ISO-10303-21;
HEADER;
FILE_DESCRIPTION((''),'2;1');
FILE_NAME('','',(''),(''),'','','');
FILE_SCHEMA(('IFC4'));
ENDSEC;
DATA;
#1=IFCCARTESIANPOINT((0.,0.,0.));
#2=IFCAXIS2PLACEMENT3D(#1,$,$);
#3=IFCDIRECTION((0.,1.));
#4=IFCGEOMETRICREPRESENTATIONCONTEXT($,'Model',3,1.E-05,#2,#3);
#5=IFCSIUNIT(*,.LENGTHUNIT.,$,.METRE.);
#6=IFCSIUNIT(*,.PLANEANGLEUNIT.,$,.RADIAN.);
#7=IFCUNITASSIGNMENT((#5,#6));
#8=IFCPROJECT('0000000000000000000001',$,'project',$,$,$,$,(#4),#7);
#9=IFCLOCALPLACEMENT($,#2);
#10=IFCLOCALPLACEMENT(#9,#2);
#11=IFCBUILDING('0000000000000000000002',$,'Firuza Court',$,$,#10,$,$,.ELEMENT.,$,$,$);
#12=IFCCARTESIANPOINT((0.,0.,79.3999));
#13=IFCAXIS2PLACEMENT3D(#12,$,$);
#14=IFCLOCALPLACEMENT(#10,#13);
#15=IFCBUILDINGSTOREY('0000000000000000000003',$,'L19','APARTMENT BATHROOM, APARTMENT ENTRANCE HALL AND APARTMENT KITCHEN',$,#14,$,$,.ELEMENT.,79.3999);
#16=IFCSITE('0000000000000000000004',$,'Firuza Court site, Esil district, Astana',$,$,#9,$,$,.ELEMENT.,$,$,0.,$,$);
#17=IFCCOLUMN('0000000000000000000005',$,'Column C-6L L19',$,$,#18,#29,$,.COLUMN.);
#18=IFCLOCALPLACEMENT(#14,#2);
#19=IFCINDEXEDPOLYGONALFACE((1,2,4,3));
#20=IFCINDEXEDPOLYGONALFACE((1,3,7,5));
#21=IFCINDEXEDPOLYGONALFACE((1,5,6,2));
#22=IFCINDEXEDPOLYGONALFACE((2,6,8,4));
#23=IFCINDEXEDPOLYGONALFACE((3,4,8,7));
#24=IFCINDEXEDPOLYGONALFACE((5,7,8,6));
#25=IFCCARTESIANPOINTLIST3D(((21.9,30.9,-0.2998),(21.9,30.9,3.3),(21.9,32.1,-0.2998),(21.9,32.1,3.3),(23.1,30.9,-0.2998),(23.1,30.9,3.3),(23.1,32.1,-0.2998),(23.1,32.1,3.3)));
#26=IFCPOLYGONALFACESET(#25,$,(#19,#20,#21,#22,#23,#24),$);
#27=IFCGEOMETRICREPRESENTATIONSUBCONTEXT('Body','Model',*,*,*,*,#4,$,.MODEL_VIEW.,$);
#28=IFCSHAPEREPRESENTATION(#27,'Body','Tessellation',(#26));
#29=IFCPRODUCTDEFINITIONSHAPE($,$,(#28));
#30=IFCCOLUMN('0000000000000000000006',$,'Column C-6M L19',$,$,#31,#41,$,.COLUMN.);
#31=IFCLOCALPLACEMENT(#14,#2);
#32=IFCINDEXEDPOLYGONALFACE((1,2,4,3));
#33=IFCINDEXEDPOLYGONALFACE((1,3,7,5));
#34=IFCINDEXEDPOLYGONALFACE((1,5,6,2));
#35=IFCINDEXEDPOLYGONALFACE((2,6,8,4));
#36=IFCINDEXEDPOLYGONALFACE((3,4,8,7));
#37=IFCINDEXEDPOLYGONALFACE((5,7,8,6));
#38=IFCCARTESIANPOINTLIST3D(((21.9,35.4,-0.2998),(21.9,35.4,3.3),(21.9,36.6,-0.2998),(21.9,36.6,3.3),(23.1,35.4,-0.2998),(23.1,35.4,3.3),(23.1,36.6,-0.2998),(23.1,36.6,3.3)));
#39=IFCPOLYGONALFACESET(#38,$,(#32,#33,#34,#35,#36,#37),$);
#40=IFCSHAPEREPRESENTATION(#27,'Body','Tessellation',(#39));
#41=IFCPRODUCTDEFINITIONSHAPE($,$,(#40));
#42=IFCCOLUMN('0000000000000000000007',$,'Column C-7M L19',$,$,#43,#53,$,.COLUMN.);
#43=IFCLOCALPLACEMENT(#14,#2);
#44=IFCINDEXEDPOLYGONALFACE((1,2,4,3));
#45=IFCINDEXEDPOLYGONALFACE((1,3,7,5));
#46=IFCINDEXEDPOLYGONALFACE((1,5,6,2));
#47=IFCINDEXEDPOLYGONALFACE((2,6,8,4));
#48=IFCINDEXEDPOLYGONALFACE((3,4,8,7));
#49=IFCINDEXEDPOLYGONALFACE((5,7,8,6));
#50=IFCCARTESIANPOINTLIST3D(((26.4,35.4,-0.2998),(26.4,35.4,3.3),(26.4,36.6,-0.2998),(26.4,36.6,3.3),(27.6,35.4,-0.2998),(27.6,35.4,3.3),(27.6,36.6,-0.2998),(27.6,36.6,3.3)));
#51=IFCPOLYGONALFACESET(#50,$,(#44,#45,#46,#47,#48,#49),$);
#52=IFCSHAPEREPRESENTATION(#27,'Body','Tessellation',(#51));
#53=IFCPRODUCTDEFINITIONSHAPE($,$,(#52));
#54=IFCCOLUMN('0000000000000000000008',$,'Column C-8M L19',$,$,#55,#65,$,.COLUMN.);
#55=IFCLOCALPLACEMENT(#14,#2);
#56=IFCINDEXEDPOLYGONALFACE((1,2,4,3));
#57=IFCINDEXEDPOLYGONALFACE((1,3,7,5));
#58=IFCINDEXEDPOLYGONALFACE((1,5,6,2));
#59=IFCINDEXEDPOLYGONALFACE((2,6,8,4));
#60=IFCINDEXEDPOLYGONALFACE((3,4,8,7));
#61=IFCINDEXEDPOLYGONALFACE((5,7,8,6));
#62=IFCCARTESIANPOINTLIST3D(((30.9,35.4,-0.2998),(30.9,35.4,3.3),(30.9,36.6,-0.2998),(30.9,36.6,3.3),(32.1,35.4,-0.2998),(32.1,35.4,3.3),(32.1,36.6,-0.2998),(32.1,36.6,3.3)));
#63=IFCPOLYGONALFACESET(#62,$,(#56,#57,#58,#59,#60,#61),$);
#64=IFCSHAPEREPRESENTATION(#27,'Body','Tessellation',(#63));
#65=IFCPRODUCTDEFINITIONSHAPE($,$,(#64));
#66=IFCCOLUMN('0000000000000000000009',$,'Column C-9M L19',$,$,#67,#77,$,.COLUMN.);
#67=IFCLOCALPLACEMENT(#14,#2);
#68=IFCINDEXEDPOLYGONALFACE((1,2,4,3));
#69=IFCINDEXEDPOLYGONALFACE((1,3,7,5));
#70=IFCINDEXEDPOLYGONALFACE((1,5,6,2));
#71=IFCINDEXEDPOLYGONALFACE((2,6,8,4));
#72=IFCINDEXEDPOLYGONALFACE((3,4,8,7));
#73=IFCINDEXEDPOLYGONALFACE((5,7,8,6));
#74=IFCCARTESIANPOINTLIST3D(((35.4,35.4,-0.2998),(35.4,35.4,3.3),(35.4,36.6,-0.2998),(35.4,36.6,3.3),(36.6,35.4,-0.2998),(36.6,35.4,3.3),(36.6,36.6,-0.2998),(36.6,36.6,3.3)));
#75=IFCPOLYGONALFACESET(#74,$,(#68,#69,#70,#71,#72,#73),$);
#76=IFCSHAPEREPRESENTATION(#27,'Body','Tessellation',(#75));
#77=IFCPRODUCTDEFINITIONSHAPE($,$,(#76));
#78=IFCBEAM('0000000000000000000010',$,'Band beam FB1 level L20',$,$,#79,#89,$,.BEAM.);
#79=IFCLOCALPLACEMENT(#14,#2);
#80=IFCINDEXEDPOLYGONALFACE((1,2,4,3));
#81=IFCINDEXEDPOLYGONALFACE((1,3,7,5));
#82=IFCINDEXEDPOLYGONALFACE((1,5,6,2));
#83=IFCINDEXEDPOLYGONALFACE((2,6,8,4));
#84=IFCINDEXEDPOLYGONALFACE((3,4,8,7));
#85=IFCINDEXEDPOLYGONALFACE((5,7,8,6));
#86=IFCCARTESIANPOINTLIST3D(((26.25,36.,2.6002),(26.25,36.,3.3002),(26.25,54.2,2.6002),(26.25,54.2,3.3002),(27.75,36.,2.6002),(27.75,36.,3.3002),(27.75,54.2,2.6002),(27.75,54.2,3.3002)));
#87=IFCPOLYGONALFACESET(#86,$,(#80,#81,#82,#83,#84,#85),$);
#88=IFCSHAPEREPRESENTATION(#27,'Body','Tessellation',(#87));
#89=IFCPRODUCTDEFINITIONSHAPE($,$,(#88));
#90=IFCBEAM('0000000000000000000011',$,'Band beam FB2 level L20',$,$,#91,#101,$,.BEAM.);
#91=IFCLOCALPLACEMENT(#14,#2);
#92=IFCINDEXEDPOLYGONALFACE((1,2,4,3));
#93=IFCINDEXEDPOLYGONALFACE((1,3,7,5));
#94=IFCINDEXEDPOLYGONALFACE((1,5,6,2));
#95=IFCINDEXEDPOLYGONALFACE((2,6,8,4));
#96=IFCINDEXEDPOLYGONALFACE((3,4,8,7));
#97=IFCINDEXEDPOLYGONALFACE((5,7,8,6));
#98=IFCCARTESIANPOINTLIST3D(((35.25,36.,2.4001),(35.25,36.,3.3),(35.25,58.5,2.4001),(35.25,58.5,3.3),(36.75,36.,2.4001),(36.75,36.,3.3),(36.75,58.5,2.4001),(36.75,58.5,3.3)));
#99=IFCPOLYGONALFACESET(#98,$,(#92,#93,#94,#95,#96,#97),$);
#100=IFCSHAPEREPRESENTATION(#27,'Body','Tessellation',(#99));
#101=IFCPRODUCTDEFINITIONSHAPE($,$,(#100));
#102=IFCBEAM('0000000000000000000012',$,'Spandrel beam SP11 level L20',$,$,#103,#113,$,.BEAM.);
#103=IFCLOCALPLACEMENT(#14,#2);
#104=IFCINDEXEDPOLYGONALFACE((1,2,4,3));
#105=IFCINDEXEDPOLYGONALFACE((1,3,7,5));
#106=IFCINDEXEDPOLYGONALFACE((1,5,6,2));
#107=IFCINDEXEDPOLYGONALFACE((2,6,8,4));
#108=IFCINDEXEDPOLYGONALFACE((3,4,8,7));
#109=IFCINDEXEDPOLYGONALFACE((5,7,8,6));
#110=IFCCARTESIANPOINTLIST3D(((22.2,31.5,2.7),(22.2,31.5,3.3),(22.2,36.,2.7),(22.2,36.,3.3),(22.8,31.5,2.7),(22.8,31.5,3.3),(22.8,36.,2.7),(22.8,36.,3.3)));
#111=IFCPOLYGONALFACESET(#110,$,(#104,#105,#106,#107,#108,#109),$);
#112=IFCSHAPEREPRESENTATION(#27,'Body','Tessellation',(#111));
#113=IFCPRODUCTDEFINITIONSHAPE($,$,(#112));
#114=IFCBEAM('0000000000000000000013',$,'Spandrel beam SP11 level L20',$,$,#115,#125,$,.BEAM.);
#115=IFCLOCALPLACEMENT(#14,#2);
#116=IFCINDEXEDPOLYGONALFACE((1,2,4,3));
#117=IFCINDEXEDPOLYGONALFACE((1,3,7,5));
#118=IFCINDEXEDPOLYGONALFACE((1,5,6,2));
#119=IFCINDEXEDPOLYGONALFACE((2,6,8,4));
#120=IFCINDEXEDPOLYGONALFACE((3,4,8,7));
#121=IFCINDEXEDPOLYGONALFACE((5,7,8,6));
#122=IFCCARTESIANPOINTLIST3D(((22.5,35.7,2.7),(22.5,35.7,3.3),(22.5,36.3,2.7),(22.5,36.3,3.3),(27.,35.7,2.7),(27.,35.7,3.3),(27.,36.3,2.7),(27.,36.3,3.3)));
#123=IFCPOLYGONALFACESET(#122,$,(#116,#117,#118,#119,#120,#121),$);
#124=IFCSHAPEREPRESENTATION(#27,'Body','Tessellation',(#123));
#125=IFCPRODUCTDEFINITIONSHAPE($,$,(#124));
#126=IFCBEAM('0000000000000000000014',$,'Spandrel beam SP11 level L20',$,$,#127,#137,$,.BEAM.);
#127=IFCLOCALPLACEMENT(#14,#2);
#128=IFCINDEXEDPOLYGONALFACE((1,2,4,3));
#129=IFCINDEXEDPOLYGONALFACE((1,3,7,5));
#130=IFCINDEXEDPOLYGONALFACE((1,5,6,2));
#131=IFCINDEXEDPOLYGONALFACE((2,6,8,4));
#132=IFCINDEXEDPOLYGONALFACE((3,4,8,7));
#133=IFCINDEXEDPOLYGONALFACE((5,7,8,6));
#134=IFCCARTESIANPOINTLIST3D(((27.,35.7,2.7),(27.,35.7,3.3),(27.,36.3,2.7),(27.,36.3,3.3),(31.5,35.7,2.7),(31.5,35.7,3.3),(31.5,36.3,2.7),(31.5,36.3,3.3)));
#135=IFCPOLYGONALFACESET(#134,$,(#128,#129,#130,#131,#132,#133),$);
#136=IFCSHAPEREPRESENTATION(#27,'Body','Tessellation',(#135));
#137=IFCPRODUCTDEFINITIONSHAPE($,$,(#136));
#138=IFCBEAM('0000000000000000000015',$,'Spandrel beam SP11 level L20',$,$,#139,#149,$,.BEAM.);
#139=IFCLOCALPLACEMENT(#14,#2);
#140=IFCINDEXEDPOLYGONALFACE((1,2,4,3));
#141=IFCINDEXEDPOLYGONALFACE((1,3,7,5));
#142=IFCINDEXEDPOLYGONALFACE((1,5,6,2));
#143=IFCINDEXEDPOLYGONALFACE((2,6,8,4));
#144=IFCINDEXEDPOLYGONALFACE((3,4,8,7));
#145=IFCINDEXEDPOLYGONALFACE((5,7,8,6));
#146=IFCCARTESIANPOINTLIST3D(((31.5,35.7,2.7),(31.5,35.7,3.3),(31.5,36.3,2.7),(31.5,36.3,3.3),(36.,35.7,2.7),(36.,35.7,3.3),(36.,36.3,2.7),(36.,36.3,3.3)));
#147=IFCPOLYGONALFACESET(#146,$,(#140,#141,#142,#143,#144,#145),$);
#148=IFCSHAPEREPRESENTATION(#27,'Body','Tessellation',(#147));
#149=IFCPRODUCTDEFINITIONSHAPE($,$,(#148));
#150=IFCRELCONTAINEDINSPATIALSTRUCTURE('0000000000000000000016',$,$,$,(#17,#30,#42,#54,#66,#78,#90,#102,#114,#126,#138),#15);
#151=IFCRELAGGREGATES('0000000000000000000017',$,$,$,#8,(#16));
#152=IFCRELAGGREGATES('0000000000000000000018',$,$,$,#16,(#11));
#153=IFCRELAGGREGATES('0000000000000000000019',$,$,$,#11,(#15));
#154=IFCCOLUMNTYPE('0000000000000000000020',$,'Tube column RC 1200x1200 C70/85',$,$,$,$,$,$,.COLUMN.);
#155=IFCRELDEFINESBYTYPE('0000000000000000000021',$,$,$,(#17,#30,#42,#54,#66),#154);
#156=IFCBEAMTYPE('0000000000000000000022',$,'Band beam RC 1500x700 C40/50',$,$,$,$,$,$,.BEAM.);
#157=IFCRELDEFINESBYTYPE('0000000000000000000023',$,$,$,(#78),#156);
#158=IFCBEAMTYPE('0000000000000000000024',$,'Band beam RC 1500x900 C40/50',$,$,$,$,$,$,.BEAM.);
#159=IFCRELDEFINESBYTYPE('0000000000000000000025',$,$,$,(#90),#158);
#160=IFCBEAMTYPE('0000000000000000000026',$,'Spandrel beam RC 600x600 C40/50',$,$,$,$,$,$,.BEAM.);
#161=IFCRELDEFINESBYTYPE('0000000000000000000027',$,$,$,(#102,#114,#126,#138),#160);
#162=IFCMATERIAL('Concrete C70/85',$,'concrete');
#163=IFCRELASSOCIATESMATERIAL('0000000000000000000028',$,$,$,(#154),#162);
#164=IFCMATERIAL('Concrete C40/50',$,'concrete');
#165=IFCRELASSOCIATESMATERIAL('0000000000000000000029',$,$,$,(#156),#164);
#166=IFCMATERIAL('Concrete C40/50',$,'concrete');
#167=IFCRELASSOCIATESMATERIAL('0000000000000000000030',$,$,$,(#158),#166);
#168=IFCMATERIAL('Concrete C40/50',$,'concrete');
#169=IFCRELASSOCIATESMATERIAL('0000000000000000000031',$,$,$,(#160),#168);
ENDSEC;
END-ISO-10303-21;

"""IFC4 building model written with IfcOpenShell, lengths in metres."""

from ifc_helpers import new_model, si_unit, direction, frame, origin, origin_2d, place, context, subcontext, project, spatial, rectangle, extrude, material, material_profile, profile_set, type_object, element, save


model = new_model("IFC4")

# Units and contexts
model_context = context("Model", 3, precision=1e-05, world=origin(), true_north=direction((0.0, 1.0)))
body_context = subcontext(model_context, "Body", "Model", "MODEL_VIEW")
ifc_project = project(units=[si_unit("LENGTHUNIT", "METRE"), si_unit("PLANEANGLEUNIT", "RADIAN")], contexts=[model_context])

# Site, building, storey
site_placement = place(None, origin())
site = spatial("IfcSite", under=ifc_project, at=site_placement, Name="Firuza Court site, Esil district, Astana", CompositionType="ELEMENT", RefElevation=0.0)
building_placement = place(site_placement, origin())
building = spatial("IfcBuilding", under=site, at=building_placement, Name="Firuza Court", CompositionType="ELEMENT")
storey_placement = place(building_placement, frame((0.0, 0.0, 79.3999)))
storey = spatial("IfcBuildingStorey", under=building, at=storey_placement, Name="L19", Description="APARTMENT BATHROOM, APARTMENT ENTRANCE HALL AND APARTMENT KITCHEN", CompositionType="ELEMENT", Elevation=79.3999)

# Columns
ifc_material_1 = material(Name="Concrete C70/85", Category="concrete")
ifc_material_profile_1 = material_profile(ifc_material_1, rectangle(XDim=1.2, YDim=1.2, at=origin_2d()), Name="RC 1200x1200")
ifc_profile_set_1 = profile_set([ifc_material_profile_1], Name="Concrete C70/85")
column_type = type_object("IfcColumnType", Name="Tube column RC 1200x1200 C70/85", PredefinedType="COLUMN", material=ifc_profile_set_1)
for number, where, z_axis, x_axis, name in (
    (1, (22.5, 31.5, -0.2998), (0.0, 0.0, 1.0), (1.0, 0.0, 0.0), "Column C-6L L19"),
    (2, (22.5, 36.0, -0.2998), (0.0, 0.0, 1.0), (1.0, 0.0, 0.0), "Column C-6M L19"),
    (3, (27.0, 36.0, -0.2998), (0.0, 0.0, 1.0), (1.0, 0.0, 0.0), "Column C-7M L19"),
    (4, (31.5, 36.0, -0.2998), (0.0, 0.0, 1.0), (1.0, 0.0, 0.0), "Column C-8M L19"),
    (5, (36.0, 36.0, -0.2998), (0.0, 0.0, 1.0), (1.0, 0.0, 0.0), "Column C-9M L19"),
):
    element("IfcColumn", number, at=place(storey_placement, frame(where, z_axis=z_axis, x_axis=x_axis)), inside=storey, type_object=column_type, Name=name, PredefinedType="COLUMN", context=body_context, shape_type="SweptSolid", body=[
        extrude(rectangle(XDim=1.2, YDim=1.2, at=origin_2d()), origin(), (0.0, 0.0, 1.0), 3.5999),
    ])

# Beams
ifc_material_2 = material(Name="Concrete C40/50", Category="concrete")
ifc_material_profile_2 = material_profile(ifc_material_2, rectangle(XDim=1.5, YDim=0.7, at=origin_2d()), Name="RC 1500x700")
ifc_profile_set_2 = profile_set([ifc_material_profile_2], Name="Concrete C40/50")
beam_type_1 = type_object("IfcBeamType", Name="Band beam RC 1500x700 C40/50", PredefinedType="BEAM", material=ifc_profile_set_2)
beam_1_placement = place(storey_placement, frame((27.0, 36.0, 2.9502), z_axis=(0.0, 1.0, 0.0), x_axis=(-1.0, 0.0, 0.0)))
element("IfcBeam", 6, at=beam_1_placement, inside=storey, type_object=beam_type_1, Name="Band beam FB1 level L20", PredefinedType="BEAM", context=body_context, shape_type="SweptSolid", body=[
    extrude(rectangle(XDim=1.5, YDim=0.7, at=origin_2d()), origin(), (0.0, 0.0, 1.0), 18.2),
])
ifc_material_3 = material(Name="Concrete C40/50", Category="concrete")
ifc_material_profile_3 = material_profile(ifc_material_3, rectangle(XDim=1.5, YDim=0.8999, at=origin_2d()), Name="RC 1500x900")
ifc_profile_set_3 = profile_set([ifc_material_profile_3], Name="Concrete C40/50")
beam_type_2 = type_object("IfcBeamType", Name="Band beam RC 1500x900 C40/50", PredefinedType="BEAM", material=ifc_profile_set_3)
beam_2_placement = place(storey_placement, frame((36.0, 36.0, 2.8501), z_axis=(0.0, 1.0, 0.0), x_axis=(-1.0, 0.0, 0.0)))
element("IfcBeam", 7, at=beam_2_placement, inside=storey, type_object=beam_type_2, Name="Band beam FB2 level L20", PredefinedType="BEAM", context=body_context, shape_type="SweptSolid", body=[
    extrude(rectangle(XDim=1.5, YDim=0.8999, at=origin_2d()), origin(), (0.0, 0.0, 1.0), 22.5),
])
ifc_material_4 = material(Name="Concrete C40/50", Category="concrete")
ifc_material_profile_4 = material_profile(ifc_material_4, rectangle(XDim=0.6001, YDim=0.6001, at=origin_2d()), Name="RC 600x600")
ifc_profile_set_4 = profile_set([ifc_material_profile_4], Name="Concrete C40/50")
beam_type_3 = type_object("IfcBeamType", Name="Spandrel beam RC 600x600 C40/50", PredefinedType="BEAM", material=ifc_profile_set_4)
for number, where, z_axis, x_axis, name in (
    (8, (22.5, 31.5, 3.0), (0.0, 1.0, 0.0), (-1.0, 0.0, 0.0), "Spandrel beam SP11 level L20"),
    (9, (22.5, 36.0, 3.0), (1.0, 0.0, 0.0), (0.0, 1.0, 0.0), "Spandrel beam SP11 level L20"),
    (10, (27.0, 36.0, 3.0), (1.0, 0.0, 0.0), (0.0, 1.0, 0.0), "Spandrel beam SP11 level L20"),
    (11, (31.5, 36.0, 3.0), (1.0, 0.0, 0.0), (0.0, 1.0, 0.0), "Spandrel beam SP11 level L20"),
):
    element("IfcBeam", number, at=place(storey_placement, frame(where, z_axis=z_axis, x_axis=x_axis)), inside=storey, type_object=beam_type_3, Name=name, PredefinedType="BEAM", context=body_context, shape_type="SweptSolid", body=[
        extrude(rectangle(XDim=0.6001, YDim=0.6001, at=origin_2d()), origin(), (0.0, 0.0, 1.0), 4.5),
    ])

save(model, "model.ifc")
